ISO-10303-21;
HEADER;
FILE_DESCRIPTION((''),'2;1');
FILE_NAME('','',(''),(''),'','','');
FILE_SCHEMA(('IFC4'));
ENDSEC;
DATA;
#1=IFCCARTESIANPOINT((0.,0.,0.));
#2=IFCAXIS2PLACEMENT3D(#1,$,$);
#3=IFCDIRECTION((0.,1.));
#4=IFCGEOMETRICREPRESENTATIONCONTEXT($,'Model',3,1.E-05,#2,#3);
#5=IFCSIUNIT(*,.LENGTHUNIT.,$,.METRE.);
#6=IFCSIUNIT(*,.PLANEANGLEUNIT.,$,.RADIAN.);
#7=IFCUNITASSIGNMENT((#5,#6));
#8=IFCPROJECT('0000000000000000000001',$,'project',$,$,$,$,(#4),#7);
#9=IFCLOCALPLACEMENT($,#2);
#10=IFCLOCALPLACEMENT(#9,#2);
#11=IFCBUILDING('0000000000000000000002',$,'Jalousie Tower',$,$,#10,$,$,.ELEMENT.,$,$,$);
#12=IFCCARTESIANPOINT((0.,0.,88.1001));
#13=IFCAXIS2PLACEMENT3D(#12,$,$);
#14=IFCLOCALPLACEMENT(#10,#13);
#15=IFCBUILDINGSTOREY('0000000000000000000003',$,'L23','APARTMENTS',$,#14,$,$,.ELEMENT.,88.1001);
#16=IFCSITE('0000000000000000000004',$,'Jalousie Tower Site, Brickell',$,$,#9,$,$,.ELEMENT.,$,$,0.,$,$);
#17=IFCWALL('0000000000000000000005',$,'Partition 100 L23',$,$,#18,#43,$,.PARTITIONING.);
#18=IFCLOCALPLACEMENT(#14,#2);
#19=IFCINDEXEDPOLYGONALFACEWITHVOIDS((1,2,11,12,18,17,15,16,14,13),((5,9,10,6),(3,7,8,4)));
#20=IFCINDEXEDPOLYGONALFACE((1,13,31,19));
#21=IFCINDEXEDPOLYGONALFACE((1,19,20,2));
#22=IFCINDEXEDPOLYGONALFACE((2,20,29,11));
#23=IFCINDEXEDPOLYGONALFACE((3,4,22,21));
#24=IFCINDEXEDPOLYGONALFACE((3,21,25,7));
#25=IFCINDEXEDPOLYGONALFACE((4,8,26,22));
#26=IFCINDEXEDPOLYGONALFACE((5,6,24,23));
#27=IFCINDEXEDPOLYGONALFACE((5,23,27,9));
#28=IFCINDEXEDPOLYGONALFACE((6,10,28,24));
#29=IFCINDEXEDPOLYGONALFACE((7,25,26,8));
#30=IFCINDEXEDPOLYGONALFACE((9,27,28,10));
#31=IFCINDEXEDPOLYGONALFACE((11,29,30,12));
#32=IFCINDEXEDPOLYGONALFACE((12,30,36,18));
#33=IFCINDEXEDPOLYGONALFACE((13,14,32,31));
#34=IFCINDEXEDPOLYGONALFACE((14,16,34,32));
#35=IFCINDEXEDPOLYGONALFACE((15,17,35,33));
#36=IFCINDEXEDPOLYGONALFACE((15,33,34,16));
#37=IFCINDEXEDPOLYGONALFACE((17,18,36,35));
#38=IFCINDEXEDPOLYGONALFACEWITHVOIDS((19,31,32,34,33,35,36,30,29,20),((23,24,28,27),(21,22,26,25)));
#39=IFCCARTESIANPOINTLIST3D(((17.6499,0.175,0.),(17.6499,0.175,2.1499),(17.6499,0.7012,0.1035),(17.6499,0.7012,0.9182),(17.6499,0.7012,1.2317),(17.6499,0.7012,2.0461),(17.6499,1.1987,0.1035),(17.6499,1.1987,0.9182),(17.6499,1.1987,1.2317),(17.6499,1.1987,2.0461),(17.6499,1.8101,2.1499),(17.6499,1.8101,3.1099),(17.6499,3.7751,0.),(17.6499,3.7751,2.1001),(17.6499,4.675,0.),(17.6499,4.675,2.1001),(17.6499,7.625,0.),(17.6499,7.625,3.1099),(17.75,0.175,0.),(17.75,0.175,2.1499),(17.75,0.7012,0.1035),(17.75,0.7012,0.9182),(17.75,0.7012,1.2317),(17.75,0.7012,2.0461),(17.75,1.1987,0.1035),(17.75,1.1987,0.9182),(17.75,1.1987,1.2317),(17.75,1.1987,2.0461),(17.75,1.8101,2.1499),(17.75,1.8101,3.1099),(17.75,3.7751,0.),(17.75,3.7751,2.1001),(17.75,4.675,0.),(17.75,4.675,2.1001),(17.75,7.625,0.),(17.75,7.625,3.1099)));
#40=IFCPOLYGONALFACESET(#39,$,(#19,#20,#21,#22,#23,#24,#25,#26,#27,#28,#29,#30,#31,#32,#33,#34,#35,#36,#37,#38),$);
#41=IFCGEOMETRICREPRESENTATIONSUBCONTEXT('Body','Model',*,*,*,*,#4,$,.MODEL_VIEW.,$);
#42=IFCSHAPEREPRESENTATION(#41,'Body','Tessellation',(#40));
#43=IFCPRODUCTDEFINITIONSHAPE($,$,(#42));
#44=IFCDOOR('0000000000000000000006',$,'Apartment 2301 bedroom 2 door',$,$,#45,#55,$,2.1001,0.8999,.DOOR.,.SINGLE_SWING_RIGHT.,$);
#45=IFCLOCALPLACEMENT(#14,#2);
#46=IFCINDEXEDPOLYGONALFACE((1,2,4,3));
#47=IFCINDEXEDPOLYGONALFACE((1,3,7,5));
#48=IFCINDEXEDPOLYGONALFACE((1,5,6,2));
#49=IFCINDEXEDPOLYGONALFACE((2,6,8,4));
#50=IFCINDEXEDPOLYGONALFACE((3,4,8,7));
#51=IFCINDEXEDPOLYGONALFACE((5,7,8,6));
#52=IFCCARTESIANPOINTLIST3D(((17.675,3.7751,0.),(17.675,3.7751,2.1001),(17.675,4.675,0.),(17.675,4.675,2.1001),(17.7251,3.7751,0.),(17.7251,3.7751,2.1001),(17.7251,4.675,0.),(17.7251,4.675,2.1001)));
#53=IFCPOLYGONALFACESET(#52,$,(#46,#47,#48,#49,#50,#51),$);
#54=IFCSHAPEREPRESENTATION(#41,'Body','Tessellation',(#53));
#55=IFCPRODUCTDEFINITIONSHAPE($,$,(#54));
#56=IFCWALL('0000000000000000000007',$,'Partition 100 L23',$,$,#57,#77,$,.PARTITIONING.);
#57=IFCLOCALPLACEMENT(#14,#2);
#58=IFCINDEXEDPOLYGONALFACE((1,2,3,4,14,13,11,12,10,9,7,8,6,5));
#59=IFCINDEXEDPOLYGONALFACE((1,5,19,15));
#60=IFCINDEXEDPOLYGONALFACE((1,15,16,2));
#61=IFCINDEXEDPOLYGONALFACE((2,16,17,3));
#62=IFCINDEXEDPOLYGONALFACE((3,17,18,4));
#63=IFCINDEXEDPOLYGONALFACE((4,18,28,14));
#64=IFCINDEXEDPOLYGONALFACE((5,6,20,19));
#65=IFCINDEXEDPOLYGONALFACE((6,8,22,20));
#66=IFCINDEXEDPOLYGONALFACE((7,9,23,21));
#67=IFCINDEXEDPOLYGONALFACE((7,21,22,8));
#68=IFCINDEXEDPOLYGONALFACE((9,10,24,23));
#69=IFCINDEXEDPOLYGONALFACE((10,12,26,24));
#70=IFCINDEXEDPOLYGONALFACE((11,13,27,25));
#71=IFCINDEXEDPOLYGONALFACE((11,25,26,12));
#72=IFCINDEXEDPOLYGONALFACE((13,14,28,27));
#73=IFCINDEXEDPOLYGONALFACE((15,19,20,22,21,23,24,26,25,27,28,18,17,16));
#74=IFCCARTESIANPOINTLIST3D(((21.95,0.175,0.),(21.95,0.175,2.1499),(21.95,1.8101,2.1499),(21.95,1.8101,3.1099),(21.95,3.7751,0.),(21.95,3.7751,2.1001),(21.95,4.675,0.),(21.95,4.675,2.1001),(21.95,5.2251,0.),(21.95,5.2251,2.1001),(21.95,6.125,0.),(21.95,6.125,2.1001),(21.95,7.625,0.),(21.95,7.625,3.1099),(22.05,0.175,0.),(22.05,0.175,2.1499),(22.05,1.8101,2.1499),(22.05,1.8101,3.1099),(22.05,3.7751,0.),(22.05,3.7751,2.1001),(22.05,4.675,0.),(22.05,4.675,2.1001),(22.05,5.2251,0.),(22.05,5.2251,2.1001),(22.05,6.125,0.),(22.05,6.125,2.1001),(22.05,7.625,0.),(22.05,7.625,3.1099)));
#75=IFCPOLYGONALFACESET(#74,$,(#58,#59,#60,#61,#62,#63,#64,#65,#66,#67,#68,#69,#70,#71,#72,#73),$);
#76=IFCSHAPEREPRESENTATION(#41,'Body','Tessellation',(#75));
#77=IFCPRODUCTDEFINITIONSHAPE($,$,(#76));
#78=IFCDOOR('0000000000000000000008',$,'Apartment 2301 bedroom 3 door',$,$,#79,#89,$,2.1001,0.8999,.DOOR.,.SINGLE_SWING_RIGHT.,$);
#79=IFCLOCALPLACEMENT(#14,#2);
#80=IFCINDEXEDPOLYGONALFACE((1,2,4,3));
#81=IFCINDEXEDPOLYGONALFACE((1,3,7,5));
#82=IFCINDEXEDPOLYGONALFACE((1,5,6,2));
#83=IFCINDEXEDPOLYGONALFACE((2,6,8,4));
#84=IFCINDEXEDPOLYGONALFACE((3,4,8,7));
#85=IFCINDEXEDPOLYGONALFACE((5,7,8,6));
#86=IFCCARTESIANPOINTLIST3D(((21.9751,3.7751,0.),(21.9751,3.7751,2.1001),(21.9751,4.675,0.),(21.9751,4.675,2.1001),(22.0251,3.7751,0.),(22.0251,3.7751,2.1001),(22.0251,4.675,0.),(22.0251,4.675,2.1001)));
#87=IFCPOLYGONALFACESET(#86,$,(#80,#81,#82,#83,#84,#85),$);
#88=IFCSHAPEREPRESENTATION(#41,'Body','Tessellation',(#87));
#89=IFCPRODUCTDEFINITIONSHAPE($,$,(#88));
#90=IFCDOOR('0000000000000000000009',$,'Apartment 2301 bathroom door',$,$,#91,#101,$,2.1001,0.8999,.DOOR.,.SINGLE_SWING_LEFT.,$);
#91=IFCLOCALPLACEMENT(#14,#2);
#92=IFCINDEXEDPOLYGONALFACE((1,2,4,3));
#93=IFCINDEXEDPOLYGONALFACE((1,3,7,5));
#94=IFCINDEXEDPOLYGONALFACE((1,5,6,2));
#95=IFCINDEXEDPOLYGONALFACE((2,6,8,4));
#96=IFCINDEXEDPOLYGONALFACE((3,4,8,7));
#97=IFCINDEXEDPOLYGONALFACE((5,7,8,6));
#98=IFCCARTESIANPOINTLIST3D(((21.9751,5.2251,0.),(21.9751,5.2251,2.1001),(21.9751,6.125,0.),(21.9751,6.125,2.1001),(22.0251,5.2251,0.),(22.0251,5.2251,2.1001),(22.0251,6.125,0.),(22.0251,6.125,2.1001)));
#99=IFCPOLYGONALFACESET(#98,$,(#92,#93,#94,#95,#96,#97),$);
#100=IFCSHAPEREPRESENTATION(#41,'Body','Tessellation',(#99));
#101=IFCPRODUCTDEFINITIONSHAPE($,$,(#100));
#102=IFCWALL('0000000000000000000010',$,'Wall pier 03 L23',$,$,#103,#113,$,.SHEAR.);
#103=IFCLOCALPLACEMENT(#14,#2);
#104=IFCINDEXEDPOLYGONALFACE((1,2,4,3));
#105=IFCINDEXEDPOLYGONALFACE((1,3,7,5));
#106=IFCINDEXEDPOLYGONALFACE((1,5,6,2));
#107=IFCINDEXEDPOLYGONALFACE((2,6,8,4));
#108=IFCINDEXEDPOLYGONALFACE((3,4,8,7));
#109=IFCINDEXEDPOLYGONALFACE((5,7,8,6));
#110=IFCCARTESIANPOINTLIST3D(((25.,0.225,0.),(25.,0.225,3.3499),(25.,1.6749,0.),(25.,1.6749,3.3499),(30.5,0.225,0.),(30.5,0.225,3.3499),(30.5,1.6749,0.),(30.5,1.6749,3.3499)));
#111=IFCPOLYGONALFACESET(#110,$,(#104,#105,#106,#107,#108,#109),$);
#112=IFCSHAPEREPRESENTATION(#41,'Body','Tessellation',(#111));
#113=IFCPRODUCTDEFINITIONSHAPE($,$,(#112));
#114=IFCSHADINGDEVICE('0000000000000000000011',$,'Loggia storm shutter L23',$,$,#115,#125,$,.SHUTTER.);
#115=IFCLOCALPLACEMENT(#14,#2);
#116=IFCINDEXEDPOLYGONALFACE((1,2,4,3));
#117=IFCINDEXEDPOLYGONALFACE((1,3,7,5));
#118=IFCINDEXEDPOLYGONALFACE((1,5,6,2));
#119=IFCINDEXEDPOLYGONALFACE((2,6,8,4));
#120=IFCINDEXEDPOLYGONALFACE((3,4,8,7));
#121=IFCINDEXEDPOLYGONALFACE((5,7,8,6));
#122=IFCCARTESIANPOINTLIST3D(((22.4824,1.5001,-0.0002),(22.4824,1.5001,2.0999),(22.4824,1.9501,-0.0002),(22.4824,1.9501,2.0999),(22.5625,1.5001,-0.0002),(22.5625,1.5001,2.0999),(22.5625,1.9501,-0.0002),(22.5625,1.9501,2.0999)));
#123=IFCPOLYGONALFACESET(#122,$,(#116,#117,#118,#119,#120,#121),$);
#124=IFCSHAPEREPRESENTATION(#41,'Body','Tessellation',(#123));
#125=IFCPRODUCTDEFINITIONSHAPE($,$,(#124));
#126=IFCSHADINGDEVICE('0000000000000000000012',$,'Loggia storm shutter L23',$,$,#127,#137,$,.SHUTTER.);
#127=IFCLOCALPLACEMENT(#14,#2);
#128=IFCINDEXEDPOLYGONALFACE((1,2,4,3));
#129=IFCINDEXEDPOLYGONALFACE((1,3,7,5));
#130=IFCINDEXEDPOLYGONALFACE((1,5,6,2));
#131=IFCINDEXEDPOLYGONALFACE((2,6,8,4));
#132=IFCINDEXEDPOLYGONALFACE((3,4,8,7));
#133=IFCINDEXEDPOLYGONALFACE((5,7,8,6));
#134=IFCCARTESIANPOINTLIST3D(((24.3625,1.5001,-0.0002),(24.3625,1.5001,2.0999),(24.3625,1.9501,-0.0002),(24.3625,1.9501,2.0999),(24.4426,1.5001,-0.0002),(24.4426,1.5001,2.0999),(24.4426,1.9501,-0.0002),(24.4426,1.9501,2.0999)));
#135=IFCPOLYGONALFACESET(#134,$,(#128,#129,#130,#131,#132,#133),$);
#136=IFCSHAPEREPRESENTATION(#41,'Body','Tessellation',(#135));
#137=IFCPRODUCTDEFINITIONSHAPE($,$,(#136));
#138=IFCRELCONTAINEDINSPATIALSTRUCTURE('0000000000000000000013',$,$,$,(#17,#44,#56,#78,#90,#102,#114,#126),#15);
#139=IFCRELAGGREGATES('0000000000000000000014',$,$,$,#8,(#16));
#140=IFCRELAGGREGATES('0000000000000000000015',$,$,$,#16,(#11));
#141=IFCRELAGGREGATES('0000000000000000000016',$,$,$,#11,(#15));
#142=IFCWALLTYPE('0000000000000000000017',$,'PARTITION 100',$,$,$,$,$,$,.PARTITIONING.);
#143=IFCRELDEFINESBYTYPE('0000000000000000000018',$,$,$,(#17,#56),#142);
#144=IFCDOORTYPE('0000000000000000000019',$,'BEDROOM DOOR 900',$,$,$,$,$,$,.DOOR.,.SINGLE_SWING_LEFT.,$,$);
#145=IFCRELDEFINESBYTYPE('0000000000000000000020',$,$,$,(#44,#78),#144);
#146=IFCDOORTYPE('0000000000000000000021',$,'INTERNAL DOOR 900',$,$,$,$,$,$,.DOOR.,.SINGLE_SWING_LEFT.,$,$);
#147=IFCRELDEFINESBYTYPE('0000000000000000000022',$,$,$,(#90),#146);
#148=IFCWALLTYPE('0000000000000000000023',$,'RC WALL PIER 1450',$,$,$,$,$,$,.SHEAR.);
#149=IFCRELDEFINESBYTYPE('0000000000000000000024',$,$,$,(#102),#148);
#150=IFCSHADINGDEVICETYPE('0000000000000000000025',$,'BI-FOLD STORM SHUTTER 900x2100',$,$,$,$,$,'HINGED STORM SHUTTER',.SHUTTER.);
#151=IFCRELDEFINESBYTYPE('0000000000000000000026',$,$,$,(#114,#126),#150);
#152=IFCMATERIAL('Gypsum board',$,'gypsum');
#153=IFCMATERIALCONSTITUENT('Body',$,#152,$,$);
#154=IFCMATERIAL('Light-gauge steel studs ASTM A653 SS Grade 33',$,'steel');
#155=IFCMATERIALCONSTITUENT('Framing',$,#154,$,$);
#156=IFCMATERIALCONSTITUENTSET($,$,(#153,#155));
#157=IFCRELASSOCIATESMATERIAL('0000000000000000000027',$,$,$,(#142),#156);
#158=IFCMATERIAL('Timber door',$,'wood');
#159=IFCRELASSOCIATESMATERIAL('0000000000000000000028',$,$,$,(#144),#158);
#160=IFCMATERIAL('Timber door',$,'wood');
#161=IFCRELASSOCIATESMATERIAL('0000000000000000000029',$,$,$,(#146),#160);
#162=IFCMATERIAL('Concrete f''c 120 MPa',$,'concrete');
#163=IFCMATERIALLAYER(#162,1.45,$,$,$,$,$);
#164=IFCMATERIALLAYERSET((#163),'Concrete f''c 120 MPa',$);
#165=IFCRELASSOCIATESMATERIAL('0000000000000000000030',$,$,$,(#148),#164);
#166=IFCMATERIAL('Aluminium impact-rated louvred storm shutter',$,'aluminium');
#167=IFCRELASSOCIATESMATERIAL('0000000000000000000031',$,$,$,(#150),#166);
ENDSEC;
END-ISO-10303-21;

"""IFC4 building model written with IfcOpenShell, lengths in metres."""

from ifc_helpers import new_model, si_unit, direction, frame, frame_2d, origin, origin_2d, place, context, subcontext, project, spatial, polyline, rectangle, outline, extrude, material, layer, layer_set, constituent, constituent_set, type_object, element, fill, save


model = new_model("IFC4")

# Units and contexts
model_context = context("Model", 3, precision=1e-05, world=origin(), true_north=direction((0.0, 1.0)))
body_context = subcontext(model_context, "Body", "Model", "MODEL_VIEW")
ifc_project = project(units=[si_unit("LENGTHUNIT", "METRE"), si_unit("PLANEANGLEUNIT", "RADIAN")], contexts=[model_context])

# Site, building, storey
site_placement = place(None, origin())
site = spatial("IfcSite", under=ifc_project, at=site_placement, Name="Jalousie Tower Site, Brickell", CompositionType="ELEMENT", RefElevation=0.0)
building_placement = place(site_placement, origin())
building = spatial("IfcBuilding", under=site, at=building_placement, Name="Jalousie Tower", CompositionType="ELEMENT")
storey_placement = place(building_placement, frame((0.0, 0.0, 88.1001)))
storey = spatial("IfcBuildingStorey", under=building, at=storey_placement, Name="L23", Description="APARTMENTS", CompositionType="ELEMENT", Elevation=88.1001)

# Wall, opening, door
ifc_material_1 = material(Name="Gypsum board", Category="gypsum")
ifc_constituent_1 = constituent(ifc_material_1, Name="Body")
ifc_material_2 = material(Name="Light-gauge steel studs ASTM A653 SS Grade 33", Category="steel")
ifc_constituent_2 = constituent(ifc_material_2, Name="Framing")
ifc_constituent_set_1 = constituent_set(constituents=[ifc_constituent_1, ifc_constituent_2])
wall_type_1 = type_object("IfcWallType", Name="PARTITION 100", PredefinedType="PARTITIONING", material=ifc_constituent_set_1)
wall_1_placement = place(storey_placement, frame((17.7, 0.175, 0.0), z_axis=(0.0, 0.0, 1.0), x_axis=(0.0, 1.0, 0.0)))
wall_1 = element("IfcWall", 1, at=wall_1_placement, inside=storey, type_object=wall_type_1, Name="Partition 100 L23", PredefinedType="PARTITIONING", context=body_context, shape_type="SweptSolid", body=[
    extrude(outline(polyline([(1.635, 2.1499), (0.0, 2.1499), (0.0, 0.0), (7.45, 0.0), (7.45, 3.1099), (1.635, 3.1099), (1.635, 2.1499)]), holes=[polyline([(1.0237, 0.1035), (0.5261, 0.1035), (0.5261, 0.9182), (1.0237, 0.9182), (1.0237, 0.1035)]), polyline([(1.0237, 1.2317), (0.5261, 1.2317), (0.5261, 2.0461), (1.0237, 2.0461), (1.0237, 1.2317)])]), frame((0.0, 0.05, 0.0), z_axis=(0.0, -1.0, 0.0), x_axis=(1.0, 0.0, 0.0)), (0.0, 0.0, 1.0), 0.1001),
])
opening_1_placement = place(wall_1_placement, frame((3.6001, 0.0, 0.0)))
opening_1 = element("IfcOpeningElement", 2, at=opening_1_placement, cuts=wall_1, PredefinedType="OPENING", context=body_context, shape_type="SweptSolid", body=[
    extrude(rectangle(XDim=0.8999, YDim=2.1001, at=frame_2d((0.45, 1.05))), frame((0.0, 0.0601, 0.0), z_axis=(0.0, -1.0, 0.0), x_axis=(1.0, 0.0, 0.0)), (0.0, 0.0, 1.0), 0.1201),
])
ifc_material_3 = material(Name="Timber door", Category="wood")
door_type_1 = type_object("IfcDoorType", Name="BEDROOM DOOR 900", OperationType="SINGLE_SWING_LEFT", PredefinedType="DOOR", material=ifc_material_3)
door_1_placement = place(opening_1_placement, origin())
door_1 = element("IfcDoor", 3, at=door_1_placement, inside=storey, type_object=door_type_1, Name="Apartment 2301 bedroom 2 door", OperationType="SINGLE_SWING_RIGHT", OverallHeight=2.1001, OverallWidth=0.8999, PredefinedType="DOOR", context=body_context, shape_type="SweptSolid", body=[
    extrude(rectangle(XDim=0.8999, YDim=2.1001, at=frame_2d((0.45, 1.05))), frame((0.0, 0.0249, 0.0), z_axis=(0.0, -1.0, 0.0), x_axis=(1.0, 0.0, 0.0)), (0.0, 0.0, 1.0), 0.05),
])
fill(opening_1, door_1)

# Wall, openings, doors
wall_2_placement = place(storey_placement, frame((22.0, 0.175, 0.0), z_axis=(0.0, 0.0, 1.0), x_axis=(0.0, 1.0, 0.0)))
wall_2 = element("IfcWall", 4, at=wall_2_placement, inside=storey, type_object=wall_type_1, Name="Partition 100 L23", PredefinedType="PARTITIONING", context=body_context, shape_type="SweptSolid", body=[
    extrude(outline(polyline([(0.0, 0.0), (7.45, 0.0), (7.45, 3.1099), (1.635, 3.1099), (1.635, 2.1499), (0.0, 2.1499), (0.0, 3.1099), (0.0, 0.0)])), frame((0.0, 0.05, 0.0), z_axis=(0.0, -1.0, 0.0), x_axis=(1.0, 0.0, 0.0)), (0.0, 0.0, 1.0), 0.1001),
])
opening_2_placement = place(wall_2_placement, frame((3.6001, 0.0, 0.0)))
opening_2 = element("IfcOpeningElement", 5, at=opening_2_placement, cuts=wall_2, PredefinedType="OPENING", context=body_context, shape_type="SweptSolid", body=[
    extrude(rectangle(XDim=0.8999, YDim=2.1001, at=frame_2d((0.45, 1.05))), frame((0.0, 0.0601, 0.0), z_axis=(0.0, -1.0, 0.0), x_axis=(1.0, 0.0, 0.0)), (0.0, 0.0, 1.0), 0.1201),
])
opening_3_placement = place(wall_2_placement, frame((5.05, 0.0, 0.0)))
opening_3 = element("IfcOpeningElement", 6, at=opening_3_placement, cuts=wall_2, PredefinedType="OPENING", context=body_context, shape_type="SweptSolid", body=[
    extrude(rectangle(XDim=0.8999, YDim=2.1001, at=frame_2d((0.45, 1.05))), frame((0.0, 0.0601, 0.0), z_axis=(0.0, -1.0, 0.0), x_axis=(1.0, 0.0, 0.0)), (0.0, 0.0, 1.0), 0.1201),
])
door_2_placement = place(opening_2_placement, origin())
door_2 = element("IfcDoor", 7, at=door_2_placement, inside=storey, type_object=door_type_1, Name="Apartment 2301 bedroom 3 door", OperationType="SINGLE_SWING_RIGHT", OverallHeight=2.1001, OverallWidth=0.8999, PredefinedType="DOOR", context=body_context, shape_type="SweptSolid", body=[
    extrude(rectangle(XDim=0.8999, YDim=2.1001, at=frame_2d((0.45, 1.05))), frame((0.0, 0.0249, 0.0), z_axis=(0.0, -1.0, 0.0), x_axis=(1.0, 0.0, 0.0)), (0.0, 0.0, 1.0), 0.05),
])
fill(opening_2, door_2)
ifc_material_4 = material(Name="Timber door", Category="wood")
door_type_2 = type_object("IfcDoorType", Name="INTERNAL DOOR 900", OperationType="SINGLE_SWING_LEFT", PredefinedType="DOOR", material=ifc_material_4)
door_3_placement = place(opening_3_placement, origin())
door_3 = element("IfcDoor", 8, at=door_3_placement, inside=storey, type_object=door_type_2, Name="Apartment 2301 bathroom door", OperationType="SINGLE_SWING_LEFT", OverallHeight=2.1001, OverallWidth=0.8999, PredefinedType="DOOR", context=body_context, shape_type="SweptSolid", body=[
    extrude(rectangle(XDim=0.8999, YDim=2.1001, at=frame_2d((0.45, 1.05))), frame((0.0, 0.0249, 0.0), z_axis=(0.0, -1.0, 0.0), x_axis=(1.0, 0.0, 0.0)), (0.0, 0.0, 1.0), 0.05),
])
fill(opening_3, door_3)

# Wall
ifc_material_5 = material(Name="Concrete f'c 120 MPa", Category="concrete")
ifc_layer_1 = layer(ifc_material_5, 1.45)
ifc_layer_set_1 = layer_set([ifc_layer_1], Name="Concrete f'c 120 MPa")
wall_type_2 = type_object("IfcWallType", Name="RC WALL PIER 1450", PredefinedType="SHEAR", material=ifc_layer_set_1)
wall_3_placement = place(storey_placement, frame((25.0, 0.95, 0.0), z_axis=(0.0, 0.0, 1.0), x_axis=(1.0, 0.0, 0.0)))
element("IfcWall", 9, at=wall_3_placement, inside=storey, type_object=wall_type_2, Name="Wall pier 03 L23", PredefinedType="SHEAR", context=body_context, shape_type="SweptSolid", body=[
    extrude(rectangle(XDim=5.5, YDim=1.45, at=frame_2d((2.75, 0.0))), origin(), (0.0, 0.0, 1.0), 3.3499),
])

# Shading devices
ifc_material_6 = material(Name="Aluminium impact-rated louvred storm shutter", Category="aluminium")
shading_device_type_1 = type_object("IfcShadingDeviceType", Name="BI-FOLD STORM SHUTTER 900x2100", ElementType="HINGED STORM SHUTTER", PredefinedType="SHUTTER", material=ifc_material_6)
for number, where, z_axis, x_axis, name in (
    (10, (22.5225, 1.7251, -0.0002), (0.0, 0.0, 1.0), (0.0, 1.0, 0.0), "Loggia storm shutter L23"),
    (11, (24.4026, 1.7251, -0.0002), (0.0, 0.0, 1.0), (0.0, 1.0, 0.0), "Loggia storm shutter L23"),
):
    element("IfcShadingDevice", number, at=place(storey_placement, frame(where, z_axis=z_axis, x_axis=x_axis)), inside=storey, type_object=shading_device_type_1, Name=name, PredefinedType="SHUTTER", context=body_context, shape_type="SweptSolid", body=[
        extrude(rectangle(XDim=0.45, YDim=0.0801, at=origin_2d()), origin(), (0.0, 0.0, 1.0), 2.1001),
    ])

save(model, "model.ifc")
